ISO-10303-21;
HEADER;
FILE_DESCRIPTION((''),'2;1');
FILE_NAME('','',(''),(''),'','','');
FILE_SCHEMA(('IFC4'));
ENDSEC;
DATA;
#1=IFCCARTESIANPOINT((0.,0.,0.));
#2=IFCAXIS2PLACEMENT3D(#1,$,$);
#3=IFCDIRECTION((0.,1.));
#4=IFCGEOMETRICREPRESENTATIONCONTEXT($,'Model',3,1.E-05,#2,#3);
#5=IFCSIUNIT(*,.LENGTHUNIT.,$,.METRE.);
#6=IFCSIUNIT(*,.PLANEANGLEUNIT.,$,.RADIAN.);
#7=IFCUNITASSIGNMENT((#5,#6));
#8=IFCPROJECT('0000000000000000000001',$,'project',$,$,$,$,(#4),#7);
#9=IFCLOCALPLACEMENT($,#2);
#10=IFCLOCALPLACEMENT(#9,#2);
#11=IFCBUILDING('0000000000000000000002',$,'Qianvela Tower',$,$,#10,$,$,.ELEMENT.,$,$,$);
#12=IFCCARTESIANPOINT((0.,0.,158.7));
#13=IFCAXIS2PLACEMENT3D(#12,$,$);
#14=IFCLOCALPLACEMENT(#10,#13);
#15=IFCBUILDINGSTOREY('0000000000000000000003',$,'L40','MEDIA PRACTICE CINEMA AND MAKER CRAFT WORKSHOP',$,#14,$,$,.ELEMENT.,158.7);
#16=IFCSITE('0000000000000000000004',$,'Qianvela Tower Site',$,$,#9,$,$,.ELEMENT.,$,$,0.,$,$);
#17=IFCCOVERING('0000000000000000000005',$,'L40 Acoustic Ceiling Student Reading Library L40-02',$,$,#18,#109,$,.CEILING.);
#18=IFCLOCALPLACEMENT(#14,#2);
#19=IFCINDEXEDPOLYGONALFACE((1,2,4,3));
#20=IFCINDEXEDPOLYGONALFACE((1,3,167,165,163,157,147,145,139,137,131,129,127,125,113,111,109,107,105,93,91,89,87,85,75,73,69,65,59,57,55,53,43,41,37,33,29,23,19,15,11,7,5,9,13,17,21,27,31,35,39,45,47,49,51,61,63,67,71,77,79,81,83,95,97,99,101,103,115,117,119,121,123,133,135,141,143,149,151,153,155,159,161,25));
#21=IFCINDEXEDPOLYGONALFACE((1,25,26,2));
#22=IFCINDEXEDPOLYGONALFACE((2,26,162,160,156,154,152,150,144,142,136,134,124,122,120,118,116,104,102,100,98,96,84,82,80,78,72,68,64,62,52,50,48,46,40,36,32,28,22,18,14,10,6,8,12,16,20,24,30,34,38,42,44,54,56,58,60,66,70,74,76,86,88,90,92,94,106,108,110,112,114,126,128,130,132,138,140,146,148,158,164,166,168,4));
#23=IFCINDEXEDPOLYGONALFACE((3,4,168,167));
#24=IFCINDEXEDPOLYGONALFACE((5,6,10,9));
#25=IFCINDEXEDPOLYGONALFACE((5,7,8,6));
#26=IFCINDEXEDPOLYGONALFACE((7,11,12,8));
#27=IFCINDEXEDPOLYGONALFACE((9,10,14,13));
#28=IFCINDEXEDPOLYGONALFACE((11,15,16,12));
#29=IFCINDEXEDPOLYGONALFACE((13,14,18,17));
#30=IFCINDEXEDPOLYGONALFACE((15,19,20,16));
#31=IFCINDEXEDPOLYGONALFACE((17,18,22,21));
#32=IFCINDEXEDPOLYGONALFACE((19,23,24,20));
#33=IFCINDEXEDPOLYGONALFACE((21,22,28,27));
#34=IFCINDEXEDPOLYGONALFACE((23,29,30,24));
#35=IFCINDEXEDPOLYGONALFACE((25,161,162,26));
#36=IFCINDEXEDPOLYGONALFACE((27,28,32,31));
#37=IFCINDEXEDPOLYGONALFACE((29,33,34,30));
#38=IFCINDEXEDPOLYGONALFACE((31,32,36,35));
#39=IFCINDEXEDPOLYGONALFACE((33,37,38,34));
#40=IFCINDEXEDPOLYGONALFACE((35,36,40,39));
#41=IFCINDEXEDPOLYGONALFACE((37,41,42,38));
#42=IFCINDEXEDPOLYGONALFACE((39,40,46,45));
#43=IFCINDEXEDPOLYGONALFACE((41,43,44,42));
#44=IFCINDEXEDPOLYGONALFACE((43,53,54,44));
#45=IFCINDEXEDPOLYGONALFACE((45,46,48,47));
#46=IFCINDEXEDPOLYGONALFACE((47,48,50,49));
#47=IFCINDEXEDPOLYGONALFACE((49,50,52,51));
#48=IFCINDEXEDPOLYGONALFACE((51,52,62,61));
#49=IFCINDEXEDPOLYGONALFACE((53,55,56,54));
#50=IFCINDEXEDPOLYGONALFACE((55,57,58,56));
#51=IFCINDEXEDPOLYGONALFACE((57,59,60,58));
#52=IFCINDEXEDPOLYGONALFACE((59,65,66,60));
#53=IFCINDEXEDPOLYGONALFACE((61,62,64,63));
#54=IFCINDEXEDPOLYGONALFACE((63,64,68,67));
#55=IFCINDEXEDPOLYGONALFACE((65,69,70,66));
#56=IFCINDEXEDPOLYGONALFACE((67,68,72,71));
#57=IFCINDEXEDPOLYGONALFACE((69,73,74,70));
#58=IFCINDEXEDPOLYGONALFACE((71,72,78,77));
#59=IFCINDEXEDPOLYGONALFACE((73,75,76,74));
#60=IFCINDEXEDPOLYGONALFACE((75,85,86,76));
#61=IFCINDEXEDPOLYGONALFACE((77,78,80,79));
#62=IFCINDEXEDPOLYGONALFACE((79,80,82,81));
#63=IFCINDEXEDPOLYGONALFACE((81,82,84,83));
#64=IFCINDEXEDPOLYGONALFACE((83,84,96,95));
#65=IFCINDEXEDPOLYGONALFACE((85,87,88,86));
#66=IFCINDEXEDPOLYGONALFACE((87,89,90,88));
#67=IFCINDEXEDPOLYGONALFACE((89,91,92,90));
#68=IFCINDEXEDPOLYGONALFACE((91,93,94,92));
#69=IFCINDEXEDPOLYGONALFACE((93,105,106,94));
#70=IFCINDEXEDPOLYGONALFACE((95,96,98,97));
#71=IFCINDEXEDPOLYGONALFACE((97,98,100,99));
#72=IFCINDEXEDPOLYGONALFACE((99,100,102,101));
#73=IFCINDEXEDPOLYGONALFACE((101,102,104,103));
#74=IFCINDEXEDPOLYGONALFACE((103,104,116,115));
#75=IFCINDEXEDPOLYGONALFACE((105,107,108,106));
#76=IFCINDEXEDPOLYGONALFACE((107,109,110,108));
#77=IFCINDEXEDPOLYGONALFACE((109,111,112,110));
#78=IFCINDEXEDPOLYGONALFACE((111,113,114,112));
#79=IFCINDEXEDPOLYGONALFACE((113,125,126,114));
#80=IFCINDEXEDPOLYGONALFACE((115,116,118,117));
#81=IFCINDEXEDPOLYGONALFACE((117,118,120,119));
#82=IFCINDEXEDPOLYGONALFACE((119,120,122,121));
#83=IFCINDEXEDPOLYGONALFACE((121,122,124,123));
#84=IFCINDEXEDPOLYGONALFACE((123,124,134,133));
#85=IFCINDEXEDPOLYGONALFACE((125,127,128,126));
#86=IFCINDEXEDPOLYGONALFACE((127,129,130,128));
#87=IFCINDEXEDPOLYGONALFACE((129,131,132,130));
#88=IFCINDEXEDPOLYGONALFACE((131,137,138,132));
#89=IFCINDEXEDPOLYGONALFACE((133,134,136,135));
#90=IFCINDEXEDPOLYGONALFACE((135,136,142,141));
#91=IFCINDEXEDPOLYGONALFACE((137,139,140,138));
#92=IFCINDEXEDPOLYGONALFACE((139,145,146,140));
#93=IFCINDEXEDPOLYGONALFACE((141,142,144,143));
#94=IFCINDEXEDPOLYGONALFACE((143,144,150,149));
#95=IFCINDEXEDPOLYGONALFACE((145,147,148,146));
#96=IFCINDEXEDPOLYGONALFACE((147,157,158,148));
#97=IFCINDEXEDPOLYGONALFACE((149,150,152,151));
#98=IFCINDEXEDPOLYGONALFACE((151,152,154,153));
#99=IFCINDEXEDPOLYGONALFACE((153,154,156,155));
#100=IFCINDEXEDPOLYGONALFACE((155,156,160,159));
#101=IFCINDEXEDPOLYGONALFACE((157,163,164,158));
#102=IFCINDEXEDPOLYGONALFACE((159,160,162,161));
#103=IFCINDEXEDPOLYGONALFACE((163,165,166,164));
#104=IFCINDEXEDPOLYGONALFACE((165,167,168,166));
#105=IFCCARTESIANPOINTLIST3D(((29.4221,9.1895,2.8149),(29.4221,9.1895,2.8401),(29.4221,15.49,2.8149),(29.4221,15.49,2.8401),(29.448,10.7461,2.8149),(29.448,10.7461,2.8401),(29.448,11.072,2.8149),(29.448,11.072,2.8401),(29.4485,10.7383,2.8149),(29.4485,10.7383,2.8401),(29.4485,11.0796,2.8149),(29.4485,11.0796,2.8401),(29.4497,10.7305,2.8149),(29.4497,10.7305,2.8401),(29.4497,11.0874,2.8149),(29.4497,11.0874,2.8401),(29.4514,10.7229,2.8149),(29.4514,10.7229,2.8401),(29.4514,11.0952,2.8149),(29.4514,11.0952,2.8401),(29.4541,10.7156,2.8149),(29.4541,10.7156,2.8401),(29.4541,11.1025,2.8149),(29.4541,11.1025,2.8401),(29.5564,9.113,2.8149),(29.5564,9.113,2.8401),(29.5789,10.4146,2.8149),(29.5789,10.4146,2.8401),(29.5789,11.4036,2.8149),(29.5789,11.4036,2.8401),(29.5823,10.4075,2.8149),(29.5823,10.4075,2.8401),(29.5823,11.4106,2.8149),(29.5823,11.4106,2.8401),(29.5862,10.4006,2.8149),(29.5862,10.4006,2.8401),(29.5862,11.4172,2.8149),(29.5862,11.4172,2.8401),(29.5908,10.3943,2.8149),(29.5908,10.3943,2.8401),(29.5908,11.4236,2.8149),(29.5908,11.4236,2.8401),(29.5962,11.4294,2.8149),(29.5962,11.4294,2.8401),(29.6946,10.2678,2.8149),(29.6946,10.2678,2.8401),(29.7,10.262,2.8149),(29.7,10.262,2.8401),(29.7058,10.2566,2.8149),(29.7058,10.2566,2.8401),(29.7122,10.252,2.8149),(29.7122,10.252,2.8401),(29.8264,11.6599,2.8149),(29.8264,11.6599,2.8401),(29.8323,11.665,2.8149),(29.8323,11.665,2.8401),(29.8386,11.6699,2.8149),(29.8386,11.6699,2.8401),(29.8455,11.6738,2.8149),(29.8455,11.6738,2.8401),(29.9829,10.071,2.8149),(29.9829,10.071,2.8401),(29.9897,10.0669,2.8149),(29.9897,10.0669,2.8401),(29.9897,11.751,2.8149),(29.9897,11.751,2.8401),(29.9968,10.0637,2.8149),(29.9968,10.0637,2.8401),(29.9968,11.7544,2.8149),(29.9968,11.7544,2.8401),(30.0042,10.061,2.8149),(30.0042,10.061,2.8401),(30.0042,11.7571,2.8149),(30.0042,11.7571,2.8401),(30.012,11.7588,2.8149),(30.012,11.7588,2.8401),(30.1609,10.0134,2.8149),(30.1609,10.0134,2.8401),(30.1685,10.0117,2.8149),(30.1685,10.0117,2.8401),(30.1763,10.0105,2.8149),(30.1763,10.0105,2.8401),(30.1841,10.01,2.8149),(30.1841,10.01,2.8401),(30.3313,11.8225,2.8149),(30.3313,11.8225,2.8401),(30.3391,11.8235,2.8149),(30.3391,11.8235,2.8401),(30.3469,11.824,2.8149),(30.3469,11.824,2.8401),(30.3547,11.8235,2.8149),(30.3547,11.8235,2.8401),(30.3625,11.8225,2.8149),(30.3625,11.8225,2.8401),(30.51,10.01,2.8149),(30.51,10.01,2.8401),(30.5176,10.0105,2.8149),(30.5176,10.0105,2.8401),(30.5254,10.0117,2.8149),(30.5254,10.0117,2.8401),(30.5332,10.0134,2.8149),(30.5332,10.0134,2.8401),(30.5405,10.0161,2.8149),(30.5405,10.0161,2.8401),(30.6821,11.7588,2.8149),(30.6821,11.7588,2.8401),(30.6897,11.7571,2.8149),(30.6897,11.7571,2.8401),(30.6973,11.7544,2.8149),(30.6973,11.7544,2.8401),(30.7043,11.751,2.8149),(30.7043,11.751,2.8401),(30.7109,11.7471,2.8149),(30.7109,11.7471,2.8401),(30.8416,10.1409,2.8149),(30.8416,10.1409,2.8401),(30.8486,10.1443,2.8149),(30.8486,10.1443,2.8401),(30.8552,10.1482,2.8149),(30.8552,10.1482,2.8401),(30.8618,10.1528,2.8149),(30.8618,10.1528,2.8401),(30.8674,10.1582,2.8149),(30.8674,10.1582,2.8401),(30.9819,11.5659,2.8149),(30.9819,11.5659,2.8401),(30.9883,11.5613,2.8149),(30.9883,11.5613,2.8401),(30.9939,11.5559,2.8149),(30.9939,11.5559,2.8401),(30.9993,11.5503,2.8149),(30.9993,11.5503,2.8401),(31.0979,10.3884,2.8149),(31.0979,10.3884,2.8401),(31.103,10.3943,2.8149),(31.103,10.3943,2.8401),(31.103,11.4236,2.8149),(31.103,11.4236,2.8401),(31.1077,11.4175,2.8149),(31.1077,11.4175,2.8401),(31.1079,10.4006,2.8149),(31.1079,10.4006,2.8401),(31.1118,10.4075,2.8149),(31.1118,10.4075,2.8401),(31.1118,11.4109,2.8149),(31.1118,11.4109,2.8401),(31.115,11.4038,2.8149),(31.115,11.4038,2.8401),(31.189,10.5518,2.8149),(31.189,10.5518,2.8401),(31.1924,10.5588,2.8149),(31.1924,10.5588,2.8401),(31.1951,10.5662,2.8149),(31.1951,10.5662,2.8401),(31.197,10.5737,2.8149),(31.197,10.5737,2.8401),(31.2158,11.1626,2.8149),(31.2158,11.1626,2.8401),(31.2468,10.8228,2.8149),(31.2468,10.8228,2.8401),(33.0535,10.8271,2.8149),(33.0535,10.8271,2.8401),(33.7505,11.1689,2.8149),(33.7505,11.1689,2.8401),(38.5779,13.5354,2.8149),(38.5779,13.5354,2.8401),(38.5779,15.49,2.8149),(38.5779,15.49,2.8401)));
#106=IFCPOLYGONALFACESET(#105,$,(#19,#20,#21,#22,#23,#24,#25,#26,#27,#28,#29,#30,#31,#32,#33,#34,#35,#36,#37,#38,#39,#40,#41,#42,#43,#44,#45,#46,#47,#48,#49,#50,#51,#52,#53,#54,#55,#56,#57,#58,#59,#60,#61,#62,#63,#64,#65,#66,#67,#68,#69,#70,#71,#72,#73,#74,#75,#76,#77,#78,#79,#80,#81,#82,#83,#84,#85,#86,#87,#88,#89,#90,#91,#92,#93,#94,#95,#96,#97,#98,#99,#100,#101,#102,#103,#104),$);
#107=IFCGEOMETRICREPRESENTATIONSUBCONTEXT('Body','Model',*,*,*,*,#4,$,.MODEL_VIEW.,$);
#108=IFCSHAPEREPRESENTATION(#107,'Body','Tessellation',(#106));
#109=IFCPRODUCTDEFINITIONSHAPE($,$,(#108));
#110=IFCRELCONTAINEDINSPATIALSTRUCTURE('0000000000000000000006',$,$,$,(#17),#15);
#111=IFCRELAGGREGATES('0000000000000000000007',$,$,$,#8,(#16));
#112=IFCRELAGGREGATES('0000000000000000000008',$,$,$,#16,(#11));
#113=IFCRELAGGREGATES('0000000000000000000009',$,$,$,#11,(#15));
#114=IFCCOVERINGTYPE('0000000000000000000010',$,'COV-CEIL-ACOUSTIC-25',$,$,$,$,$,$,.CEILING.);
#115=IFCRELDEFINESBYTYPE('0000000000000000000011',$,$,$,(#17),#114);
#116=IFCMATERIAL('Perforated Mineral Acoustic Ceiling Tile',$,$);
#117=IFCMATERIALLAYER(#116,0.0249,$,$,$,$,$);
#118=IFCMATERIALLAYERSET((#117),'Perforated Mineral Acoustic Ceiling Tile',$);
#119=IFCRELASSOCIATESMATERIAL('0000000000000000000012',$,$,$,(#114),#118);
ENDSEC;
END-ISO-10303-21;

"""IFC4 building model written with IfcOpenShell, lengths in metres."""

from ifc_helpers import new_model, si_unit, direction, frame, origin, place, context, subcontext, project, spatial, polyline, outline, extrude, material, layer, layer_set, type_object, element, save


model = new_model("IFC4")

# Units and contexts
model_context = context("Model", 3, precision=1e-05, world=origin(), true_north=direction((0.0, 1.0)))
body_context = subcontext(model_context, "Body", "Model", "MODEL_VIEW")
ifc_project = project(units=[si_unit("LENGTHUNIT", "METRE"), si_unit("PLANEANGLEUNIT", "RADIAN")], contexts=[model_context])

# Site, building, storey
site_placement = place(None, origin())
site = spatial("IfcSite", under=ifc_project, at=site_placement, Name="Qianvela Tower Site", CompositionType="ELEMENT", RefElevation=0.0)
building_placement = place(site_placement, origin())
building = spatial("IfcBuilding", under=site, at=building_placement, Name="Qianvela Tower", CompositionType="ELEMENT")
storey_placement = place(building_placement, frame((0.0, 0.0, 158.7)))
storey = spatial("IfcBuildingStorey", under=building, at=storey_placement, Name="L40", Description="MEDIA PRACTICE CINEMA AND MAKER CRAFT WORKSHOP", CompositionType="ELEMENT", Elevation=158.7)

# Covering
ifc_material_1 = material(Name="Perforated Mineral Acoustic Ceiling Tile")
ifc_layer_1 = layer(ifc_material_1, 0.0249)
ifc_layer_set_1 = layer_set([ifc_layer_1], Name="Perforated Mineral Acoustic Ceiling Tile")
covering_type_1 = type_object("IfcCoveringType", Name="COV-CEIL-ACOUSTIC-25", PredefinedType="CEILING", material=ifc_layer_set_1)
covering_1_placement = place(storey_placement, frame((0.0, 0.0, 2.8149)))
element("IfcCovering", 1, at=covering_1_placement, inside=storey, type_object=covering_type_1, Name="L40 Acoustic Ceiling Student Reading Library L40-02", PredefinedType="CEILING", context=body_context, shape_type="SweptSolid", body=[
    extrude(outline(polyline([(38.5779, 13.5354), (33.7505, 11.1689), (31.2158, 11.1626), (31.115, 11.4038), (31.1118, 11.4109), (31.1077, 11.4175), (31.103, 11.4236), (30.9993, 11.5503), (30.9939, 11.5559), (30.9883, 11.5613), (30.9819, 11.5659), (30.7109, 11.7471), (30.7043, 11.751), (30.6973, 11.7544), (30.6897, 11.7571), (30.6821, 11.7588), (30.3625, 11.8225), (30.3547, 11.8235), (30.3469, 11.824), (30.3391, 11.8235), (30.3313, 11.8225), (30.012, 11.7588), (30.0042, 11.7571), (29.9968, 11.7544), (29.9897, 11.751), (29.8455, 11.6738), (29.8386, 11.6699), (29.8323, 11.665), (29.8264, 11.6599), (29.5962, 11.4294), (29.5908, 11.4236), (29.5862, 11.4172), (29.5823, 11.4106), (29.5789, 11.4036), (29.4541, 11.1025), (29.4514, 11.0952), (29.4497, 11.0874), (29.4485, 11.0796), (29.448, 11.072), (29.448, 10.7461), (29.4485, 10.7383), (29.4497, 10.7305), (29.4514, 10.7229), (29.4541, 10.7156), (29.5789, 10.4146), (29.5823, 10.4075), (29.5862, 10.4006), (29.5908, 10.3943), (29.6946, 10.2678), (29.7, 10.262), (29.7058, 10.2566), (29.7122, 10.252), (29.9829, 10.071), (29.9897, 10.0669), (29.9968, 10.0637), (30.0042, 10.061), (30.1609, 10.0134), (30.1685, 10.0117), (30.1763, 10.0105), (30.1841, 10.01), (30.51, 10.01), (30.5176, 10.0105), (30.5254, 10.0117), (30.5332, 10.0134), (30.5405, 10.0161), (30.8416, 10.1409), (30.8486, 10.1443), (30.8552, 10.1482), (30.8618, 10.1528), (30.8674, 10.1582), (31.0979, 10.3884), (31.103, 10.3943), (31.1079, 10.4006), (31.1118, 10.4075), (31.189, 10.5518), (31.1924, 10.5588), (31.1951, 10.5662), (31.197, 10.5737), (31.2468, 10.8228), (33.0535, 10.8271), (29.5564, 9.113), (29.4221, 9.1895), (29.4221, 15.49), (38.5779, 15.49), (38.5779, 13.5354)])), origin(), (0.0, 0.0, 1.0), 0.0251),
])

save(model, "model.ifc")
